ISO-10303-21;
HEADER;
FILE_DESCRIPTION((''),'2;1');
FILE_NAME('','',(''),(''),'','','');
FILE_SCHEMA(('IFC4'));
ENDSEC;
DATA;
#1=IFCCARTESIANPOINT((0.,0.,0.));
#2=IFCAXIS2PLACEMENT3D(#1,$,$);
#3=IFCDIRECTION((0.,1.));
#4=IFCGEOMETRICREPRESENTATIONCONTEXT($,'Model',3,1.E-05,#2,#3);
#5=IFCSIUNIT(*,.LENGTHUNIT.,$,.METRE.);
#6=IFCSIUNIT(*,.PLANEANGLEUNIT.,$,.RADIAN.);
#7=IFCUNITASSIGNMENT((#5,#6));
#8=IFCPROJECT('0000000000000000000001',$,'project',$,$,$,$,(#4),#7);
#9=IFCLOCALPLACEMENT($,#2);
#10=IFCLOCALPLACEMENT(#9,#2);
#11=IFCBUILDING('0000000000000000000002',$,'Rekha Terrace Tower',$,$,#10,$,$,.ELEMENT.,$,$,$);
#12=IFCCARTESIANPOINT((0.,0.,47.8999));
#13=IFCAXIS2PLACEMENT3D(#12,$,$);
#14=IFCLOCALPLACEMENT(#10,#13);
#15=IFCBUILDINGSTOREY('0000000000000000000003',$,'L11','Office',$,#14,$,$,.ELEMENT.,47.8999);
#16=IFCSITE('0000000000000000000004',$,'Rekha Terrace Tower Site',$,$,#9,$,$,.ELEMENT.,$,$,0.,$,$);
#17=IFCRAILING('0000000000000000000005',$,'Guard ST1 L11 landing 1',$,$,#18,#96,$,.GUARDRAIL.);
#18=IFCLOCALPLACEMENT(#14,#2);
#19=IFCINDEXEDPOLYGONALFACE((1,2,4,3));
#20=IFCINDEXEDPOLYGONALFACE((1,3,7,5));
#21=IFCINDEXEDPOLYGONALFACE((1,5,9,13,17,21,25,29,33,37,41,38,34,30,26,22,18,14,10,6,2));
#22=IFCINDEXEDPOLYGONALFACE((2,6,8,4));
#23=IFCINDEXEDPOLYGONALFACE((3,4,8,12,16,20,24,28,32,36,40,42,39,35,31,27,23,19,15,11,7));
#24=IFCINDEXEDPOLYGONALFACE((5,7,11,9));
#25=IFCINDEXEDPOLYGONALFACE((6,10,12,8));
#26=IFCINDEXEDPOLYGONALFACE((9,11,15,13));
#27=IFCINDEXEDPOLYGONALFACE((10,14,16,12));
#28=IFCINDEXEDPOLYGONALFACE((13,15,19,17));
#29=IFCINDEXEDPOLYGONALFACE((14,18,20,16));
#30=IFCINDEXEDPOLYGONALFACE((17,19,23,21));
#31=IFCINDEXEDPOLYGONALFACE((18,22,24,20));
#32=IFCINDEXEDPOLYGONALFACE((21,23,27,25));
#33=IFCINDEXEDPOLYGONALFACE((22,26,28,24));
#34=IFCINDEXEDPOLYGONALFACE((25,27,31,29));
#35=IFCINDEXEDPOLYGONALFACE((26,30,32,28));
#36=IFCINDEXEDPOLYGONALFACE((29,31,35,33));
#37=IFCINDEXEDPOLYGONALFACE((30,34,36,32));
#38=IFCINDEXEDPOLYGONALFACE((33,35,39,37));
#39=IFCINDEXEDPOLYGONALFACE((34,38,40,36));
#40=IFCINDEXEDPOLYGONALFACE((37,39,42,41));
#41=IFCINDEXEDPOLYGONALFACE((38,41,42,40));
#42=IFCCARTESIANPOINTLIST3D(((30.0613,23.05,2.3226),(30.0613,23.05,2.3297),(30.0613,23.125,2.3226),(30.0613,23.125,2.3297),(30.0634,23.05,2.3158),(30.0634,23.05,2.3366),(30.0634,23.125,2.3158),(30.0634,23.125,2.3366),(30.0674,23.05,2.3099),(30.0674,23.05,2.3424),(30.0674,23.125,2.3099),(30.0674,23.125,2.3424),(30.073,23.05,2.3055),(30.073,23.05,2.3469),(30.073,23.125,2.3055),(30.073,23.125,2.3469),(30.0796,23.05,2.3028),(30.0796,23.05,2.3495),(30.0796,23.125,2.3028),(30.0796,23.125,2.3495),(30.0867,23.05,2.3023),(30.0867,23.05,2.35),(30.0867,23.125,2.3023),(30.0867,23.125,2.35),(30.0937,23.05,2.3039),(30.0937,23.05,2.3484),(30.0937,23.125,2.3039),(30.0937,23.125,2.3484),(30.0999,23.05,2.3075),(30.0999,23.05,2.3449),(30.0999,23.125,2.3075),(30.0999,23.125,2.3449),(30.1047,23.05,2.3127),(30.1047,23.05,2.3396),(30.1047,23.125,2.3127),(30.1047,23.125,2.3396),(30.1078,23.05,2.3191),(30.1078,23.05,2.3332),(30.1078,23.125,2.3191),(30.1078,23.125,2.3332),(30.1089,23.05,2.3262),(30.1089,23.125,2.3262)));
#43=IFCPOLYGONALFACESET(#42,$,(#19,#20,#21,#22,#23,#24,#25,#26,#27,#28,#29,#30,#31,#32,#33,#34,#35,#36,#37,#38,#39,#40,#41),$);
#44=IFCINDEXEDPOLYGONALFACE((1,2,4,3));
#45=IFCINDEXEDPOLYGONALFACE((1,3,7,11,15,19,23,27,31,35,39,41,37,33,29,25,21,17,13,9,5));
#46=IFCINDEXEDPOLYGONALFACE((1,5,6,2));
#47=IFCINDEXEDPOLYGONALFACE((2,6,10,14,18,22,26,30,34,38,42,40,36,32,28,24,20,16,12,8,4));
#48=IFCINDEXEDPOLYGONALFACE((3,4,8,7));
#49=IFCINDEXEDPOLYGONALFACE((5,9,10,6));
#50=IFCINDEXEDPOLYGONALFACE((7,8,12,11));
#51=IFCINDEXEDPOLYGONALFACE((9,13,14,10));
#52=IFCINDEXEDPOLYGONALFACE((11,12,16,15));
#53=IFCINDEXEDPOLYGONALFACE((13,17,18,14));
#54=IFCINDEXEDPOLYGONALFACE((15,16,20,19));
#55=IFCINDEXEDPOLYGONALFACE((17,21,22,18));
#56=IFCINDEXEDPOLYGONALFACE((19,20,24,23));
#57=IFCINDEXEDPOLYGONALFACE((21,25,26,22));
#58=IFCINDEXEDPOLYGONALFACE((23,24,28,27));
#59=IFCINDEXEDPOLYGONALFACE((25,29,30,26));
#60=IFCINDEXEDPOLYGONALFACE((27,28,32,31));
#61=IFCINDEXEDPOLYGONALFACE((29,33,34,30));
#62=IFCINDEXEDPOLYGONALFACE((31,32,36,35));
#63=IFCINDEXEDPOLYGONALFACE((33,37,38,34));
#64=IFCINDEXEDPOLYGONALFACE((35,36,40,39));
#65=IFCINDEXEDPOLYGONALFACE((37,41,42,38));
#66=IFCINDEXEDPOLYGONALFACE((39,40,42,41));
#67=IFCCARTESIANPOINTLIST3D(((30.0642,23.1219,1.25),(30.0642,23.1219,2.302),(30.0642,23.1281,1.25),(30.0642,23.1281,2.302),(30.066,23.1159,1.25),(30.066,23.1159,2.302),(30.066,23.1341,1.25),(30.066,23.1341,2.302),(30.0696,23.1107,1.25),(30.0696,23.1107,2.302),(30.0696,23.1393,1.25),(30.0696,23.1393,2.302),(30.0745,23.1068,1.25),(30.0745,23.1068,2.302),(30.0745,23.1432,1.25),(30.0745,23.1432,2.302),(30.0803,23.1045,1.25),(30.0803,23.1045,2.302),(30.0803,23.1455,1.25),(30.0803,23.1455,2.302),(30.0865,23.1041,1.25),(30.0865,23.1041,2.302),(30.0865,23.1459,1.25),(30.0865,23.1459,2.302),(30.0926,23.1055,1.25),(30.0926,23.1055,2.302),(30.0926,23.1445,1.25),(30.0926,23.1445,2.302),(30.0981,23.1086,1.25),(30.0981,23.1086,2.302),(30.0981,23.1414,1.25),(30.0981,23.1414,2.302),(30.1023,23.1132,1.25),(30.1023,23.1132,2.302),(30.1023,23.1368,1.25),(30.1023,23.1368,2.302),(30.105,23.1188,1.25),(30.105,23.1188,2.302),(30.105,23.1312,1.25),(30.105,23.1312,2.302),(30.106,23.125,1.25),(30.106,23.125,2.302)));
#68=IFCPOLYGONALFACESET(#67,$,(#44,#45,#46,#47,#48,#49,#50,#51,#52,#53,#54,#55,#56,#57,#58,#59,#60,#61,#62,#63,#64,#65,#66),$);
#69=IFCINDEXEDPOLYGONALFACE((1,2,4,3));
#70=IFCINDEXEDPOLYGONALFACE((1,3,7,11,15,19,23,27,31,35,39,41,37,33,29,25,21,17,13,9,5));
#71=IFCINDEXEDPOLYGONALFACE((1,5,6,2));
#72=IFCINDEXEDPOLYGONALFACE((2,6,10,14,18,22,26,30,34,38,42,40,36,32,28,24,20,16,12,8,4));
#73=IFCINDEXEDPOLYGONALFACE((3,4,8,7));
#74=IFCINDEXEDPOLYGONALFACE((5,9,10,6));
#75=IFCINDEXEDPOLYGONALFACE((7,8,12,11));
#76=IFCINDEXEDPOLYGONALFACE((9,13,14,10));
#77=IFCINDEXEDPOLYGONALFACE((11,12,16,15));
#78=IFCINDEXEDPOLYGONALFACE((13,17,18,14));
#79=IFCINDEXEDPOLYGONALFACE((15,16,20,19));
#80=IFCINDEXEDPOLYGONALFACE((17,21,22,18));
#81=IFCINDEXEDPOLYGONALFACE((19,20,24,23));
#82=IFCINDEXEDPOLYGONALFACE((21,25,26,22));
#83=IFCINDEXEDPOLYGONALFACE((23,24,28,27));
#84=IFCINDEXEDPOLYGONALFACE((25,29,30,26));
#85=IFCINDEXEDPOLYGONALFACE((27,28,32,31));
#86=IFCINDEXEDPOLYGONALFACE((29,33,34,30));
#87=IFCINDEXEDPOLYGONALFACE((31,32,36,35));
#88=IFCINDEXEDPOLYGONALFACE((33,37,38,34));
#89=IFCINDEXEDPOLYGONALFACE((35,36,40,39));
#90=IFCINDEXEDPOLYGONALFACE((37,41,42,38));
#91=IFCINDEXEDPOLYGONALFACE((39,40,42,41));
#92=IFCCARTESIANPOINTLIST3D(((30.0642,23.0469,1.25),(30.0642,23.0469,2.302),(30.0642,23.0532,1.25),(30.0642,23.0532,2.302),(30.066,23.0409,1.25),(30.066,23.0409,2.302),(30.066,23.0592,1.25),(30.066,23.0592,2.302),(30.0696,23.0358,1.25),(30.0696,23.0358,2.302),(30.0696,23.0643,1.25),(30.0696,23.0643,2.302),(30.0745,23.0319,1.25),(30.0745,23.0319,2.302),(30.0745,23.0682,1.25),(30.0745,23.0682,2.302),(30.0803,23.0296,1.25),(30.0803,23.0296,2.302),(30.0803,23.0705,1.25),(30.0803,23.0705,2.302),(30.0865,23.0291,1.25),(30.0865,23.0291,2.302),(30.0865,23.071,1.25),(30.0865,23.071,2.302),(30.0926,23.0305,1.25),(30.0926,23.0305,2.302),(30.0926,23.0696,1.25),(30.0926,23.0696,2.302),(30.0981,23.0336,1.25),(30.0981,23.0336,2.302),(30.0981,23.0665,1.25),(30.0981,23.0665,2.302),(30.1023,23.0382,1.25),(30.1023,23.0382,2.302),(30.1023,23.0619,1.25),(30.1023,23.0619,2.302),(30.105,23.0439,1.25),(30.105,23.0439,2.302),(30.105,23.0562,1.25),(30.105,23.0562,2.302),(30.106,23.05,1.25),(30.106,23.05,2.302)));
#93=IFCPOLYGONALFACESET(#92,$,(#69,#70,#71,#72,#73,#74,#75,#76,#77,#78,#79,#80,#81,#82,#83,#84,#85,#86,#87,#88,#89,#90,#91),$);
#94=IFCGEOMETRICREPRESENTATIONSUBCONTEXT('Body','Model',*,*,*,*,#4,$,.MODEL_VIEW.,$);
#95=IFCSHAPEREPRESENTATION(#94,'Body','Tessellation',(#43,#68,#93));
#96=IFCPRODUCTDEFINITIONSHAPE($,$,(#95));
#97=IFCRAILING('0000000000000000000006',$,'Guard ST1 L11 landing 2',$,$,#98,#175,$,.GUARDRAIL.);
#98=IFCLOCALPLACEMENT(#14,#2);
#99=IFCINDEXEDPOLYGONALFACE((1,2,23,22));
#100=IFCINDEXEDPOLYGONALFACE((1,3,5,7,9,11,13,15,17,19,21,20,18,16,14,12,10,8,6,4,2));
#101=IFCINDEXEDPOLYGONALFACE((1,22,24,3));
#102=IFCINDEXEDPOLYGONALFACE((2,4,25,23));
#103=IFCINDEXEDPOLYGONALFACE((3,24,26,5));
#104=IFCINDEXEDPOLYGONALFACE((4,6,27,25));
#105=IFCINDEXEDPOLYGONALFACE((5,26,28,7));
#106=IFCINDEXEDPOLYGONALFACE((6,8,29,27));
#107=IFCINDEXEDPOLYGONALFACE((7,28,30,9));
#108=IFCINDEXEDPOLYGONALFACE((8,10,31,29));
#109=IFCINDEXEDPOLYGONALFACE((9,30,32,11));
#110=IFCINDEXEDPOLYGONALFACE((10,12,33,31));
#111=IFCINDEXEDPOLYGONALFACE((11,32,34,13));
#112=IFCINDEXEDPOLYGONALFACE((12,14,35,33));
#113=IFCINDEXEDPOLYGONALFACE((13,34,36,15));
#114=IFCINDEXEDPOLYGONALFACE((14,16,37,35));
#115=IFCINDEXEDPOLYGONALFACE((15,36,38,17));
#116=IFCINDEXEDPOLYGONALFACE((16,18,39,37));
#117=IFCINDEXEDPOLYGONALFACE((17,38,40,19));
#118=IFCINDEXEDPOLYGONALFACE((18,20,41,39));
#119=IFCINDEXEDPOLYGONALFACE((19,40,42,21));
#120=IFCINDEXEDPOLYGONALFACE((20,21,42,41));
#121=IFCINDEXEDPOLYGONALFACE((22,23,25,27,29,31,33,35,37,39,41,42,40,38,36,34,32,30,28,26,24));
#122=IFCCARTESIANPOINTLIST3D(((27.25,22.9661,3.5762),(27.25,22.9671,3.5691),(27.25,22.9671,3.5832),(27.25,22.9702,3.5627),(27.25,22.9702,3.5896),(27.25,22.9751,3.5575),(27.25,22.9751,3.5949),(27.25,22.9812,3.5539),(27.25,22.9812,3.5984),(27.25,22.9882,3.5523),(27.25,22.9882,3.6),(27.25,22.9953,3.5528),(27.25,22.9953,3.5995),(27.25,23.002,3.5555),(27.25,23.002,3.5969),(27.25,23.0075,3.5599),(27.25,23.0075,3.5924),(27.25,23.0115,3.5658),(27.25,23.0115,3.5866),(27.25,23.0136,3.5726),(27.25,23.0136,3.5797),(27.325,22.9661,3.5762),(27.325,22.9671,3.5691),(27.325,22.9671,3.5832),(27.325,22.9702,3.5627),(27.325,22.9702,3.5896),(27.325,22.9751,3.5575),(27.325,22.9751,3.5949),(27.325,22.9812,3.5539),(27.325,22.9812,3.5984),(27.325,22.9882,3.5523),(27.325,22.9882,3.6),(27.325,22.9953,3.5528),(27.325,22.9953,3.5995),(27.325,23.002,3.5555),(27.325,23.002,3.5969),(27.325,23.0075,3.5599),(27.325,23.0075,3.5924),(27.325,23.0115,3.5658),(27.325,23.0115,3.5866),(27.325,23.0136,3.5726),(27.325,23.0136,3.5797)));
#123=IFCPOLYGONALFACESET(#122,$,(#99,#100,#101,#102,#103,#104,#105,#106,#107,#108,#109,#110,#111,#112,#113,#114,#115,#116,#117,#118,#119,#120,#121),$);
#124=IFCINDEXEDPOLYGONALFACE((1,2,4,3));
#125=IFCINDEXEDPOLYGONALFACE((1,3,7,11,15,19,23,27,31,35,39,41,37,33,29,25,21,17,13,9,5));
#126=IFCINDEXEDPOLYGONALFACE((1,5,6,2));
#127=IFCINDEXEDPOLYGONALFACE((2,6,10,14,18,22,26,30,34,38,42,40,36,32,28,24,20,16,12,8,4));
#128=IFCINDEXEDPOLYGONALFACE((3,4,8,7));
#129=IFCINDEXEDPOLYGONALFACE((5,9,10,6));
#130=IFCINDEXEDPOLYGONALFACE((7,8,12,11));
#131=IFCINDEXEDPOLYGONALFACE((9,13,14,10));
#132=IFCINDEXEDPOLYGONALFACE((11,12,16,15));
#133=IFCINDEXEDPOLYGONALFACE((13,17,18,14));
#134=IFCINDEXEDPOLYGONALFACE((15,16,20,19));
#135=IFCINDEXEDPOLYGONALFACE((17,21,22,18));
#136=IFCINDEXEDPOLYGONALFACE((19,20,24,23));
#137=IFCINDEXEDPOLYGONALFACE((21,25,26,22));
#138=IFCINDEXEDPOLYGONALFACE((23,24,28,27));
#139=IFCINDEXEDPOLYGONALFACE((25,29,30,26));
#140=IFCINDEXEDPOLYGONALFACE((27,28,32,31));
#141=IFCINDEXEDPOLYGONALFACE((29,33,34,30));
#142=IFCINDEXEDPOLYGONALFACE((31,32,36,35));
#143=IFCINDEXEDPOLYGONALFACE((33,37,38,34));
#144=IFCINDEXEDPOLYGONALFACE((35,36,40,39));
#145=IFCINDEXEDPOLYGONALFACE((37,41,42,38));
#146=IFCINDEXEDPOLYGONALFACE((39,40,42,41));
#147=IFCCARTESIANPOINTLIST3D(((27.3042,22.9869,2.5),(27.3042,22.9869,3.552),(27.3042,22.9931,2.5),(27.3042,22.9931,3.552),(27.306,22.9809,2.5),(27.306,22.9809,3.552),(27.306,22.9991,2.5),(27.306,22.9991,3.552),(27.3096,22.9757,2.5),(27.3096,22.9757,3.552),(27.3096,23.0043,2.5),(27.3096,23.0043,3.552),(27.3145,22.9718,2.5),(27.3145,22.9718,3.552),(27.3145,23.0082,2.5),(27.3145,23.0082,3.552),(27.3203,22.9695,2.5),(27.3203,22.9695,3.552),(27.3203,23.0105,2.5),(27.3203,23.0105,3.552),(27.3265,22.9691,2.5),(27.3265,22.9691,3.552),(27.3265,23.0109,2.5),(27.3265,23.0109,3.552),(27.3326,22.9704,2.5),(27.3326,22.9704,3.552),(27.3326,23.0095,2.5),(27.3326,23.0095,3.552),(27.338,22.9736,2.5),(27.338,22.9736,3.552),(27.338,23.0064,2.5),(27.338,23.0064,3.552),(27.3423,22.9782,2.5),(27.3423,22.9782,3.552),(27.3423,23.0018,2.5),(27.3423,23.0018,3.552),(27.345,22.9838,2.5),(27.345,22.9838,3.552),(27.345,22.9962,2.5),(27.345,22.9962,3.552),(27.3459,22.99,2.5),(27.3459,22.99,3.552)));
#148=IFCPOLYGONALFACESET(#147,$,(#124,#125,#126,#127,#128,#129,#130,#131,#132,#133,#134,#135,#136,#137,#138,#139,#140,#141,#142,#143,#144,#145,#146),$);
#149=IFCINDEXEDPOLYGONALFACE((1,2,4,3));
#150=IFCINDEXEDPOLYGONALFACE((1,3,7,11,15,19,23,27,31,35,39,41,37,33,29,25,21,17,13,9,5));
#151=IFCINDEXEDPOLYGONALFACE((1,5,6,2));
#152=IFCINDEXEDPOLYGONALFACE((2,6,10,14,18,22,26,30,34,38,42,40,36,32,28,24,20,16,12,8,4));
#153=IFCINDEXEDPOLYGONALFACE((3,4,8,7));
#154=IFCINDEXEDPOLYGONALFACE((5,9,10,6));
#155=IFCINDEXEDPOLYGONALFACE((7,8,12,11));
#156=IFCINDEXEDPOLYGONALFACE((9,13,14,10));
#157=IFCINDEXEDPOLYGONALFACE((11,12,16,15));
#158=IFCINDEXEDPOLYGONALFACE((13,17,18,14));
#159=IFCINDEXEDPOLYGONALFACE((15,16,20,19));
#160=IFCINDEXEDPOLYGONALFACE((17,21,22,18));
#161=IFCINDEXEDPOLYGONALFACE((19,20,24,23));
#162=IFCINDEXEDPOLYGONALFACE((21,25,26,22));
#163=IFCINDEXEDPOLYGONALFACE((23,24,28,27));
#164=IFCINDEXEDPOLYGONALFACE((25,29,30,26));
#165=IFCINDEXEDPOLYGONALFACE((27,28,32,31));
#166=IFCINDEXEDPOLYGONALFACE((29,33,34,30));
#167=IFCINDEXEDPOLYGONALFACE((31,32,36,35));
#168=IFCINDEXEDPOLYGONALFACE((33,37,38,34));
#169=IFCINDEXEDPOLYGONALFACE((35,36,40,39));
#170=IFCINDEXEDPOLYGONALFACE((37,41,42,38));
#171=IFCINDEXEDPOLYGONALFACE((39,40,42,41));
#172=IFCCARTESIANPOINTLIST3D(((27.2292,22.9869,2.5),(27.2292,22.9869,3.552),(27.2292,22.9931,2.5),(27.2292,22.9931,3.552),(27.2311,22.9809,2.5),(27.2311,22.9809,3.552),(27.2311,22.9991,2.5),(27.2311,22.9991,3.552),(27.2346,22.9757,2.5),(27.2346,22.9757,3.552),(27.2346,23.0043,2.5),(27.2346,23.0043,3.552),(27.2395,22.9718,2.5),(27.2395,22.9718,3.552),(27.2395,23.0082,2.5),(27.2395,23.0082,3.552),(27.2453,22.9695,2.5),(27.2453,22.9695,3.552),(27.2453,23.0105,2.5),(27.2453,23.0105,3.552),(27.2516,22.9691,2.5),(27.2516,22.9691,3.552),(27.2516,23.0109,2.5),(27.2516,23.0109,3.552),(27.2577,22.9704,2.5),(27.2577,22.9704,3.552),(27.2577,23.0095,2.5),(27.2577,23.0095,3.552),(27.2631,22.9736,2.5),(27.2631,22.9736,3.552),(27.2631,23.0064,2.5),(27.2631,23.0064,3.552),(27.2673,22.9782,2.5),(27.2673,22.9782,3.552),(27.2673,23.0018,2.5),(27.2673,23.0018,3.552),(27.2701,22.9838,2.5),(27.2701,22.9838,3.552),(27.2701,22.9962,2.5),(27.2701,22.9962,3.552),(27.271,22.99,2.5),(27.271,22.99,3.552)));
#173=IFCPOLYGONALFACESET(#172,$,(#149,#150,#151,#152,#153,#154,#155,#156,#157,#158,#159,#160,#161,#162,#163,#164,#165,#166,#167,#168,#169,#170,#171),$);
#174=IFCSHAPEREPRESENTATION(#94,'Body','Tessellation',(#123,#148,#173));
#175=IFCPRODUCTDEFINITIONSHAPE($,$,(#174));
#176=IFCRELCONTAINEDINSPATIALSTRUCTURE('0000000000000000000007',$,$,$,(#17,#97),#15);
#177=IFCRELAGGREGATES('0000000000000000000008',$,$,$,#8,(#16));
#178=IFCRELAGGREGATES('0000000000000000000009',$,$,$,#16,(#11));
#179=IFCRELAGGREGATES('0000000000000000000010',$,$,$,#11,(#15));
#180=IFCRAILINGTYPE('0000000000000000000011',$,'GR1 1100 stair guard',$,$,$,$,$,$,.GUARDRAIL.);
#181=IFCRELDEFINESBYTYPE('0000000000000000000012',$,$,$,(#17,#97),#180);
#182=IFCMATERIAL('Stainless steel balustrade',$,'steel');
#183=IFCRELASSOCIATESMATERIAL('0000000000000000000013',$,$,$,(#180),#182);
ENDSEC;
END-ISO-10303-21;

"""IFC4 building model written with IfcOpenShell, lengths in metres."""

from ifc_helpers import new_model, si_unit, direction, frame, origin, origin_2d, place, context, subcontext, project, spatial, circle, extrude, material, type_object, element, save


model = new_model("IFC4")

# Units and contexts
model_context = context("Model", 3, precision=1e-05, world=origin(), true_north=direction((0.0, 1.0)))
body_context = subcontext(model_context, "Body", "Model", "MODEL_VIEW")
ifc_project = project(units=[si_unit("LENGTHUNIT", "METRE"), si_unit("PLANEANGLEUNIT", "RADIAN")], contexts=[model_context])

# Site, building, storey
site_placement = place(None, origin())
site = spatial("IfcSite", under=ifc_project, at=site_placement, Name="Rekha Terrace Tower Site", CompositionType="ELEMENT", RefElevation=0.0)
building_placement = place(site_placement, origin())
building = spatial("IfcBuilding", under=site, at=building_placement, Name="Rekha Terrace Tower", CompositionType="ELEMENT")
storey_placement = place(building_placement, frame((0.0, 0.0, 47.8999)))
storey = spatial("IfcBuildingStorey", under=building, at=storey_placement, Name="L11", Description="Office", CompositionType="ELEMENT", Elevation=47.8999)

# Railings
ifc_material_1 = material(Name="Stainless steel balustrade", Category="steel")
railing_type_1 = type_object("IfcRailingType", Name="GR1 1100 stair guard", PredefinedType="GUARDRAIL", material=ifc_material_1)
railing_1_placement = place(storey_placement, frame((30.085, 23.125, 1.25)))
element("IfcRailing", 1, at=railing_1_placement, inside=storey, type_object=railing_type_1, Name="Guard ST1 L11 landing 1", PredefinedType="GUARDRAIL", context=body_context, shape_type="SweptSolid", body=[
    extrude(circle(Radius=0.0239, at=origin_2d()), frame((0.0, 0.0, 1.0762), z_axis=(0.0, -1.0, 0.0), x_axis=(1.0, 0.0, 0.0)), (0.0, 0.0, 1.0), 0.075),
    extrude(circle(Radius=0.021, at=origin_2d()), origin(), (0.0, 0.0, 1.0), 1.052),
    extrude(circle(Radius=0.021, at=origin_2d()), frame((0.0, -0.075, 0.0)), (0.0, 0.0, 1.0), 1.052),
])
railing_2_placement = place(storey_placement, frame((27.325, 22.99, 2.5)))
element("IfcRailing", 2, at=railing_2_placement, inside=storey, type_object=railing_type_1, Name="Guard ST1 L11 landing 2", PredefinedType="GUARDRAIL", context=body_context, shape_type="SweptSolid", body=[
    extrude(circle(Radius=0.0239, at=origin_2d()), frame((0.0, 0.0, 1.0762), z_axis=(-1.0, 0.0, 0.0), x_axis=(0.0, -1.0, 0.0)), (0.0, 0.0, 1.0), 0.075),
    extrude(circle(Radius=0.021, at=origin_2d()), origin(), (0.0, 0.0, 1.0), 1.052),
    extrude(circle(Radius=0.021, at=origin_2d()), frame((-0.075, 0.0, 0.0)), (0.0, 0.0, 1.0), 1.052),
])

save(model, "model.ifc")
